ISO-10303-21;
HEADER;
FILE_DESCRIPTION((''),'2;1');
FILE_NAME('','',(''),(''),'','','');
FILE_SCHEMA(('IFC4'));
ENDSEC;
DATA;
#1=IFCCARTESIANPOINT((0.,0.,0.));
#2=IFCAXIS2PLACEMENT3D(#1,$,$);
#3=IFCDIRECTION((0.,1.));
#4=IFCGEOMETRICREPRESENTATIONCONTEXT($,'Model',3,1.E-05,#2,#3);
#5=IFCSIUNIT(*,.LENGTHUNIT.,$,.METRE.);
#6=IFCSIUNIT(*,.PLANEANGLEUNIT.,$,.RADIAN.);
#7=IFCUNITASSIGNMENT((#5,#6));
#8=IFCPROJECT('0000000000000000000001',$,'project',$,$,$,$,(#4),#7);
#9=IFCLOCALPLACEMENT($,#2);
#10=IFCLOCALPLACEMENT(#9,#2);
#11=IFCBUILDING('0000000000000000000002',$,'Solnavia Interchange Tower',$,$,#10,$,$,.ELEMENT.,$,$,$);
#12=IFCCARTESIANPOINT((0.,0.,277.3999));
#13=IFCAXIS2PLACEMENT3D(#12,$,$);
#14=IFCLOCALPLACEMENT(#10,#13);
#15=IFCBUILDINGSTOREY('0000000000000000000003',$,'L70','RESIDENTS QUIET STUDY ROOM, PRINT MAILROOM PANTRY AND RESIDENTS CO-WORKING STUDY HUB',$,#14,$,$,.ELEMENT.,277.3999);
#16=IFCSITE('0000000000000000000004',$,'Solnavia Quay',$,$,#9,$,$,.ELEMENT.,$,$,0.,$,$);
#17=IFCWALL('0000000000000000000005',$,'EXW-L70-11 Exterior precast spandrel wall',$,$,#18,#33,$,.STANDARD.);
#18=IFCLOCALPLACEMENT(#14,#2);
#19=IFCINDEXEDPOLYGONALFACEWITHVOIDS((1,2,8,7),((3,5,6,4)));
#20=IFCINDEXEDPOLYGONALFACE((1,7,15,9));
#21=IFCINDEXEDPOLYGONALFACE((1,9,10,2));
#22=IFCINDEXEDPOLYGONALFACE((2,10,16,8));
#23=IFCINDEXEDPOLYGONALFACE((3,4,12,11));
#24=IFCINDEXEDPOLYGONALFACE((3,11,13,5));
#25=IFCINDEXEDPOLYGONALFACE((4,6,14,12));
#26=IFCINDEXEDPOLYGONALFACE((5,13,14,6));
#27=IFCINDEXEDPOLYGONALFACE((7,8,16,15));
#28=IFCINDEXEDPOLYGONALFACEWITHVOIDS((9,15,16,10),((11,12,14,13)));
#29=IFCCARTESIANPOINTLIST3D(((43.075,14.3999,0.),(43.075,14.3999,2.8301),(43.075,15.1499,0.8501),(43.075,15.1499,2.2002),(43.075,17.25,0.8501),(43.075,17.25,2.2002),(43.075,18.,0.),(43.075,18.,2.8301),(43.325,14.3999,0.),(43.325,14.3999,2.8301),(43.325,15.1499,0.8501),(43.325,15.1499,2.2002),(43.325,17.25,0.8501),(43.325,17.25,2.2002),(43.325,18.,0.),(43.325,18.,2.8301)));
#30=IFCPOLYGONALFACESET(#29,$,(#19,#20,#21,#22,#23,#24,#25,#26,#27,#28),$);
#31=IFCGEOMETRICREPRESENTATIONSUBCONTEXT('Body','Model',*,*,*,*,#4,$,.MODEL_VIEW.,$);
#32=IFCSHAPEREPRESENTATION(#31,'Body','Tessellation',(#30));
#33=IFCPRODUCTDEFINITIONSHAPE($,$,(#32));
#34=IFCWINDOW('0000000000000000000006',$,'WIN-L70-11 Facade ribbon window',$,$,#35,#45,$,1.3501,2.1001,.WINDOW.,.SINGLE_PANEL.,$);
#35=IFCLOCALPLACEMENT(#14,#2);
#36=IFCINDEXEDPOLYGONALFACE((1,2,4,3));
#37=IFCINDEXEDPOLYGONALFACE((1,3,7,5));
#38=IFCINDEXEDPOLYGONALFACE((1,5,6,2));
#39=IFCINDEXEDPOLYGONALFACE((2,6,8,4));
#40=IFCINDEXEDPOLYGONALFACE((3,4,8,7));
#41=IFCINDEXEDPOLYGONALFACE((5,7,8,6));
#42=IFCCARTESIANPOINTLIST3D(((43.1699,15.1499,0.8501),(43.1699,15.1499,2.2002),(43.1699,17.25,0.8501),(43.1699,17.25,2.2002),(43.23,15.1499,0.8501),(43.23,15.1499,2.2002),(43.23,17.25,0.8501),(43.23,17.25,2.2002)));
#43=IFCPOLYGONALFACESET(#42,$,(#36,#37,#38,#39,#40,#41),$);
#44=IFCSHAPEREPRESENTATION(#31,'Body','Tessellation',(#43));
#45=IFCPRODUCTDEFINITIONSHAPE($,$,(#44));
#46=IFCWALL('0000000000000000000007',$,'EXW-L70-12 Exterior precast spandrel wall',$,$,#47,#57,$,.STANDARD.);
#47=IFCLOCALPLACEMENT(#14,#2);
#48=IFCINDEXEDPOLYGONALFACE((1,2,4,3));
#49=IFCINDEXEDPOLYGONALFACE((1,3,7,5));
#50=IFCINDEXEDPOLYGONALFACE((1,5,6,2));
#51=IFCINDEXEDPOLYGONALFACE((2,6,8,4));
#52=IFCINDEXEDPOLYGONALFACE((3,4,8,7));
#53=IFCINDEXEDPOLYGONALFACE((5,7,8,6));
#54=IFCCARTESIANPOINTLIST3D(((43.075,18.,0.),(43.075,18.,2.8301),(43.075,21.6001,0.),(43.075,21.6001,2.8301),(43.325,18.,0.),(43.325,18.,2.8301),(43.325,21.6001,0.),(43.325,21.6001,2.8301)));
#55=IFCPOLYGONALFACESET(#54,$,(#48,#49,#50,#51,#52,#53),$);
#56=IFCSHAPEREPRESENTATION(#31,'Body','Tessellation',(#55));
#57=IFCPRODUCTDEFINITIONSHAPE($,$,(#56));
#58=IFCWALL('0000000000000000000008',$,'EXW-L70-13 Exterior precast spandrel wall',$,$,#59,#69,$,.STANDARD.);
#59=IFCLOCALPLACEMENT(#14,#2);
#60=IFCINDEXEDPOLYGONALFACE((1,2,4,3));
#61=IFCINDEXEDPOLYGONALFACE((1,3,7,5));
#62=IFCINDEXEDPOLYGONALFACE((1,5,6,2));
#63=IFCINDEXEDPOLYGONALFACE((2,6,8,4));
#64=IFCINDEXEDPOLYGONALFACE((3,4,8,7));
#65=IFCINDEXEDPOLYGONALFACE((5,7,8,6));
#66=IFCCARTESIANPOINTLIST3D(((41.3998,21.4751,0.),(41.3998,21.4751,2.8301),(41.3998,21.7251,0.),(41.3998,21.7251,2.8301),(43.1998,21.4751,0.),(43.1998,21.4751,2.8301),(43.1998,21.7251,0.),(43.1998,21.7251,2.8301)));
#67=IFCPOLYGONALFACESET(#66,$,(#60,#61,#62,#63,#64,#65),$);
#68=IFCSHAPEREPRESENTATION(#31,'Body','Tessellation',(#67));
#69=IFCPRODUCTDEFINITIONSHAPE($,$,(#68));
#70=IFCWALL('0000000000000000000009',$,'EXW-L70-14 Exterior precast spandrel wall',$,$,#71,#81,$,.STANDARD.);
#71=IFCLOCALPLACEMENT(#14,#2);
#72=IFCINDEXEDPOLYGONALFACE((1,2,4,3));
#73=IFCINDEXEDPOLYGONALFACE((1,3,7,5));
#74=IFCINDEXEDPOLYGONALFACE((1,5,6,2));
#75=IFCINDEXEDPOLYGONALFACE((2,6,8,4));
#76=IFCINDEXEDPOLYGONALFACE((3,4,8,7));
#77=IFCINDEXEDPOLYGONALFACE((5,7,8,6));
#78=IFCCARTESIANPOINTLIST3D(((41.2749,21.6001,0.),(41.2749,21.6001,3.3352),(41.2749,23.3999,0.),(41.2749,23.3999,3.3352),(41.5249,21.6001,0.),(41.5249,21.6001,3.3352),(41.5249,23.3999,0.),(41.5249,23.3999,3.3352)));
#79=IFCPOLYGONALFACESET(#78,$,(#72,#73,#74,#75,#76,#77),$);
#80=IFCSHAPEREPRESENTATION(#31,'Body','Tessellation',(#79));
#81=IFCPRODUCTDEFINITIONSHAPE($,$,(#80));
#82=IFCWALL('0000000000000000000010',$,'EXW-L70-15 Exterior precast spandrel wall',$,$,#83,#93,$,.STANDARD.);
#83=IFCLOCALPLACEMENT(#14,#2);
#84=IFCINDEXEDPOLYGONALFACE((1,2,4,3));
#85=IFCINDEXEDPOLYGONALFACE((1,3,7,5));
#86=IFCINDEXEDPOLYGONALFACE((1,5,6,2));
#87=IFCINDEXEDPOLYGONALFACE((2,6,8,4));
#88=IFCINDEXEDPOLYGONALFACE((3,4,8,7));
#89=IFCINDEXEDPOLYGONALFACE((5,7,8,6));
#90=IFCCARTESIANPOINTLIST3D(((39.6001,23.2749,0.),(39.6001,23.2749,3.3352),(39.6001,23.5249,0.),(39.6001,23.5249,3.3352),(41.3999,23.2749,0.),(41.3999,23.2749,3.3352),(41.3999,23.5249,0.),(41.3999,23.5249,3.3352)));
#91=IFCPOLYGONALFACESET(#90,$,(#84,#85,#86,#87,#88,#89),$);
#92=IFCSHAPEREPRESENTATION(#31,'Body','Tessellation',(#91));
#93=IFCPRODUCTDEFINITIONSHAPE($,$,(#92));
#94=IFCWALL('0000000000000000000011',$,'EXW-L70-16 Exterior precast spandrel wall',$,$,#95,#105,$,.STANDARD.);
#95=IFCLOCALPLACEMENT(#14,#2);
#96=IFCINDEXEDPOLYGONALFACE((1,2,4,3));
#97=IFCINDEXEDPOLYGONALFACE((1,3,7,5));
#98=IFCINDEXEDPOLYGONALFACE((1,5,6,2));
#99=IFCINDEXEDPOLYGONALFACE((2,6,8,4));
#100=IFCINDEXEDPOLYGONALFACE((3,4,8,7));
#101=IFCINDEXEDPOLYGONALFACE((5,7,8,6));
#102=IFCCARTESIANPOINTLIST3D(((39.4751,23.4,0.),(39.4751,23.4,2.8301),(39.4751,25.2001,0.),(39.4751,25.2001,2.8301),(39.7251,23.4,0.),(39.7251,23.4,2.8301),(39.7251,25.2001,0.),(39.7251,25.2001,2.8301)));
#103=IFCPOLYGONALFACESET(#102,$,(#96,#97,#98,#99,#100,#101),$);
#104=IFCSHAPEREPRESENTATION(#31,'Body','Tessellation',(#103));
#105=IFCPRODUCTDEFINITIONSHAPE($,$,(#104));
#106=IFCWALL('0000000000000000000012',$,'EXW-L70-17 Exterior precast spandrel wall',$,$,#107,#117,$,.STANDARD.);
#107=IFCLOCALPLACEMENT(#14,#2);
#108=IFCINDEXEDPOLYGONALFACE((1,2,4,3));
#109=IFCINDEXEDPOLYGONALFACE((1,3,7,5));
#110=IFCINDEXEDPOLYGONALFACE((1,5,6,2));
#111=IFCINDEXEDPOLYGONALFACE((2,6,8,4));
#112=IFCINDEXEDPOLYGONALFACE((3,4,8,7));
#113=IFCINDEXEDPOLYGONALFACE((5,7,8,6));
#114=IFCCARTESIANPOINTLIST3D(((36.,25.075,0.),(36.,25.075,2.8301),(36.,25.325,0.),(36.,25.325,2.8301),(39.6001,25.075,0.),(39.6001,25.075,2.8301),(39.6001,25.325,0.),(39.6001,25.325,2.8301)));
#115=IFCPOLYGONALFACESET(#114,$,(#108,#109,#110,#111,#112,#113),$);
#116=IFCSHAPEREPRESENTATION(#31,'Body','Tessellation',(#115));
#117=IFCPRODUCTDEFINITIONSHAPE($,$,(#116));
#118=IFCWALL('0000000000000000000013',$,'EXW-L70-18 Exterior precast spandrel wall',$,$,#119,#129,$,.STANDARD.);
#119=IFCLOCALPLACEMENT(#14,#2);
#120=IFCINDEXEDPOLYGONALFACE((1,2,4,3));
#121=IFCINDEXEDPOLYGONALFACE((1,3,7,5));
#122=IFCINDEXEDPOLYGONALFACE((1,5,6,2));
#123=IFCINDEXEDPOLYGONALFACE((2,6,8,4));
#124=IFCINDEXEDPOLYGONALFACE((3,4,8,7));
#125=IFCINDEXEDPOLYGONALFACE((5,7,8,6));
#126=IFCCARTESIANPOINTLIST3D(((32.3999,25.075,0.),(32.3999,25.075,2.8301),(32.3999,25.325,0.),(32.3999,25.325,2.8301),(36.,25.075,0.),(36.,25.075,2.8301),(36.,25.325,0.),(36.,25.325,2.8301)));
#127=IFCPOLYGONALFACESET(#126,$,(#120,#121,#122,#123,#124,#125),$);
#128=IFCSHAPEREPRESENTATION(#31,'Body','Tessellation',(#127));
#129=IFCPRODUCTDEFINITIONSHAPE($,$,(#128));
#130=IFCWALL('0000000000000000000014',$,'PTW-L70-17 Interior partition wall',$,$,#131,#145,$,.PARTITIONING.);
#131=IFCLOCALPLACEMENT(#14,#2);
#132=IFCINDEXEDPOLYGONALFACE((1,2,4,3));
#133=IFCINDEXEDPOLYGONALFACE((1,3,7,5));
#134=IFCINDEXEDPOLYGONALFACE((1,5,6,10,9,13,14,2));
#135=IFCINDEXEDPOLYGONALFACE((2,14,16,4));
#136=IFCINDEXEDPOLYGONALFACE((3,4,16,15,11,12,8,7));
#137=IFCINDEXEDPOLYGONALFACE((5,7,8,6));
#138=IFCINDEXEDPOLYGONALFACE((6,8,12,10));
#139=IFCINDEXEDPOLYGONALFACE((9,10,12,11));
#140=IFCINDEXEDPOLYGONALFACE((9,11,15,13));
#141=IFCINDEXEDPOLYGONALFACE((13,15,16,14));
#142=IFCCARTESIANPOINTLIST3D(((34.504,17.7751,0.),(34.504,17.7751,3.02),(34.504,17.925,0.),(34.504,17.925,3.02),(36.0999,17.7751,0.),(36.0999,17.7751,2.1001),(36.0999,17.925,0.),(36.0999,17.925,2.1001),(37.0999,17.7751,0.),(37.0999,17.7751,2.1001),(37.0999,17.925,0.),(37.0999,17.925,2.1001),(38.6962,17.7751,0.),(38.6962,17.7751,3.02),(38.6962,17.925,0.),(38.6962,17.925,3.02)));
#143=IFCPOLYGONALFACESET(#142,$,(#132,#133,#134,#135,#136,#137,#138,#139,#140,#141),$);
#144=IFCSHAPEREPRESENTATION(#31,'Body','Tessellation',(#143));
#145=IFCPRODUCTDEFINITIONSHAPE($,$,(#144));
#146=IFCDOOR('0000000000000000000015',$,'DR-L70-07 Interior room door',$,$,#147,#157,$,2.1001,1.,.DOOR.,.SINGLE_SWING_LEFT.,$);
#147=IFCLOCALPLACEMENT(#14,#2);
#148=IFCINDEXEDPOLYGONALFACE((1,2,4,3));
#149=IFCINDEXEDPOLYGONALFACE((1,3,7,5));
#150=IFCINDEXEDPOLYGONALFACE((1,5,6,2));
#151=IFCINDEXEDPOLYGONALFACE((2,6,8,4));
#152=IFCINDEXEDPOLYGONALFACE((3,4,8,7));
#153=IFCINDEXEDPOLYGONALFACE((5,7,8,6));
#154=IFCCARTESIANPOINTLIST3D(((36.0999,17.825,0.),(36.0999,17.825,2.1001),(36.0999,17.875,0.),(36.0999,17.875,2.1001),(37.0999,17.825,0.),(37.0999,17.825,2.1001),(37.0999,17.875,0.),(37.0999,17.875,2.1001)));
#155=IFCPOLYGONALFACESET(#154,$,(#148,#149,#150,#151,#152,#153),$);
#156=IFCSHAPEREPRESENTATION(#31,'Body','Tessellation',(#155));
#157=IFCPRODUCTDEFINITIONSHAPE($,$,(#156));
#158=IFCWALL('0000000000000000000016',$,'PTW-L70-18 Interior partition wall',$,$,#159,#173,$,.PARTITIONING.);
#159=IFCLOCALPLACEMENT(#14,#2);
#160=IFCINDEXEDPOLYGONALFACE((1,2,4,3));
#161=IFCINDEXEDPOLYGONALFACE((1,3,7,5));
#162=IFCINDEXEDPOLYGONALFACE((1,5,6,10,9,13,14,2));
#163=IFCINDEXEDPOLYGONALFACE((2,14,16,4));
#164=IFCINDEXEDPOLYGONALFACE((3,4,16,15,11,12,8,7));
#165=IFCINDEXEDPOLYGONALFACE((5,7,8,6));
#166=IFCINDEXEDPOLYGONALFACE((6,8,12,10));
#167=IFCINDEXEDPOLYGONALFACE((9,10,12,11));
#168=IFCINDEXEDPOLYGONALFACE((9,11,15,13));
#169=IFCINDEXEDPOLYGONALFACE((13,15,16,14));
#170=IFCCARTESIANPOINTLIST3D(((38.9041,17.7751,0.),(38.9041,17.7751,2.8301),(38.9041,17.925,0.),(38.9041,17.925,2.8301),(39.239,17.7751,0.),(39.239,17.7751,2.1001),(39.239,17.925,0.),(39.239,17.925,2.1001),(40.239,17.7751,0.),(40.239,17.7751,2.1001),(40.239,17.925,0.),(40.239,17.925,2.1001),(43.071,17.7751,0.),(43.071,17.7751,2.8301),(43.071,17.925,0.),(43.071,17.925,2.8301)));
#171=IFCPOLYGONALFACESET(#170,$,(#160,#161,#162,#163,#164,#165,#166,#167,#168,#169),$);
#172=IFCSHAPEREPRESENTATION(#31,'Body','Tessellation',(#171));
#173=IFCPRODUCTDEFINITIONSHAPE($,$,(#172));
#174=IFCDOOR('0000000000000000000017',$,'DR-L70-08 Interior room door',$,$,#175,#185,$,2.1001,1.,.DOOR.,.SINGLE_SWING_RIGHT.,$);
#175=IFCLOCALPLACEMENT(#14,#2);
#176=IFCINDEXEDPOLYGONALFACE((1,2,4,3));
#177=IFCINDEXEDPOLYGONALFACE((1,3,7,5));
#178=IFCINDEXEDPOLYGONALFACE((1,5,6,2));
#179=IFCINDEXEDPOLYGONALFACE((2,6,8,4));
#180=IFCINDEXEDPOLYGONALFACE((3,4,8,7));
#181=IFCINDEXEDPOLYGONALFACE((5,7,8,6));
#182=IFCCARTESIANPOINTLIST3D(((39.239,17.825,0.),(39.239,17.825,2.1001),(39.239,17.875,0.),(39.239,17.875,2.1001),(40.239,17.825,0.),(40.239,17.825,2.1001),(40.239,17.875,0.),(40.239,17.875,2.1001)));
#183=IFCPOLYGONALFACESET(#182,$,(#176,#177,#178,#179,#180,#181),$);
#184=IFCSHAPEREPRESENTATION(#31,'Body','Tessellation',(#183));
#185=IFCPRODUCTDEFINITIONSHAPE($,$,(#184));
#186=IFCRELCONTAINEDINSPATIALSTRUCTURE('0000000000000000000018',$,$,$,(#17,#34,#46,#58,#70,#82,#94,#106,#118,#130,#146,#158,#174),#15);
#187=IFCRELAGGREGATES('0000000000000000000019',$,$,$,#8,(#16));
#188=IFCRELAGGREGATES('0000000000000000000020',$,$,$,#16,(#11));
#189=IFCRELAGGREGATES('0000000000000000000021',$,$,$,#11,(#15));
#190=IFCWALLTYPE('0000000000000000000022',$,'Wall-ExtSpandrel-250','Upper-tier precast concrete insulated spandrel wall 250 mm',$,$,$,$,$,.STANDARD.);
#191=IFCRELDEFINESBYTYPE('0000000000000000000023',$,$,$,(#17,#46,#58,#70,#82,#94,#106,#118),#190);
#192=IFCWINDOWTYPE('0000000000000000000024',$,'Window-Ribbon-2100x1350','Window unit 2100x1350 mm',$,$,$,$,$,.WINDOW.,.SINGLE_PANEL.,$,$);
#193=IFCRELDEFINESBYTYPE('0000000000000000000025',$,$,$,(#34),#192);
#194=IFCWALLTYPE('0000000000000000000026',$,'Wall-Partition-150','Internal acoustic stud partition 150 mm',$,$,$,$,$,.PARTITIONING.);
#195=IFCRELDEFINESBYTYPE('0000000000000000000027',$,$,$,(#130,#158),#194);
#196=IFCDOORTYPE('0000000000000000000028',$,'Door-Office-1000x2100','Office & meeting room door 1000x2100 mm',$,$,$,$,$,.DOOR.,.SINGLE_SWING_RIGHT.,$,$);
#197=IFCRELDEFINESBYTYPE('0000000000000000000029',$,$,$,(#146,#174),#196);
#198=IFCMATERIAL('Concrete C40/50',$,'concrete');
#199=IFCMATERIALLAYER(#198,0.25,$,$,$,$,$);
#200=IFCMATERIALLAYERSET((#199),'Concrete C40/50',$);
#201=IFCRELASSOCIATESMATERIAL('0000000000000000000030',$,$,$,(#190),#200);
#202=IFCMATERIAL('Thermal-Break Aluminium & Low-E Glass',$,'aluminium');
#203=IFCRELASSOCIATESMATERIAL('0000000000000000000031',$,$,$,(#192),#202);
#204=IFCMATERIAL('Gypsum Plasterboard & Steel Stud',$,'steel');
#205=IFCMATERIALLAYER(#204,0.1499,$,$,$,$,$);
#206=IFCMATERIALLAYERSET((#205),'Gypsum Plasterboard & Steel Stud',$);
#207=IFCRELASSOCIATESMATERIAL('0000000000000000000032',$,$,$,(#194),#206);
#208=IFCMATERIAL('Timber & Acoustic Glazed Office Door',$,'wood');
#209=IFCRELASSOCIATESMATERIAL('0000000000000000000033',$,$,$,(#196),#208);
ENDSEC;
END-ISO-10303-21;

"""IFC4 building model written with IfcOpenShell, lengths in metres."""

from ifc_helpers import new_model, si_unit, direction, frame, frame_2d, origin, place, context, subcontext, project, spatial, rectangle, extrude, material, layer, layer_set, type_object, element, fill, save


model = new_model("IFC4")

# Units and contexts
model_context = context("Model", 3, precision=1e-05, world=origin(), true_north=direction((0.0, 1.0)))
body_context = subcontext(model_context, "Body", "Model", "MODEL_VIEW")
ifc_project = project(units=[si_unit("LENGTHUNIT", "METRE"), si_unit("PLANEANGLEUNIT", "RADIAN")], contexts=[model_context])

# Site, building, storey
site_placement = place(None, origin())
site = spatial("IfcSite", under=ifc_project, at=site_placement, Name="Solnavia Quay", CompositionType="ELEMENT", RefElevation=0.0)
building_placement = place(site_placement, origin())
building = spatial("IfcBuilding", under=site, at=building_placement, Name="Solnavia Interchange Tower", CompositionType="ELEMENT")
storey_placement = place(building_placement, frame((0.0, 0.0, 277.3999)))
storey = spatial("IfcBuildingStorey", under=building, at=storey_placement, Name="L70", Description="RESIDENTS QUIET STUDY ROOM, PRINT MAILROOM PANTRY AND RESIDENTS CO-WORKING STUDY HUB", CompositionType="ELEMENT", Elevation=277.3999)

# Wall, opening, window
ifc_material_1 = material(Name="Concrete C40/50", Category="concrete")
ifc_layer_1 = layer(ifc_material_1, 0.25)
ifc_layer_set_1 = layer_set([ifc_layer_1], Name="Concrete C40/50")
wall_type_1 = type_object("IfcWallType", Name="Wall-ExtSpandrel-250", Description="Upper-tier precast concrete insulated spandrel wall 250 mm", PredefinedType="STANDARD", material=ifc_layer_set_1)
wall_1_placement = place(storey_placement, frame((43.2, 18.0, 0.0), z_axis=(0.0, 0.0, 1.0), x_axis=(0.0, -1.0, 0.0)))
wall_1 = element("IfcWall", 1, at=wall_1_placement, inside=storey, type_object=wall_type_1, Name="EXW-L70-11 Exterior precast spandrel wall", PredefinedType="STANDARD", context=body_context, shape_type="SweptSolid", body=[
    extrude(rectangle(XDim=3.6001, YDim=0.25, at=frame_2d((1.8, 0.0))), origin(), (0.0, 0.0, 1.0), 2.8301),
])
opening_1_placement = place(wall_1_placement, frame((0.75, 0.0, 0.8501)))
opening_1 = element("IfcOpeningElement", 2, at=opening_1_placement, cuts=wall_1, PredefinedType="OPENING", context=body_context, shape_type="SweptSolid", body=[
    extrude(rectangle(XDim=2.1001, YDim=1.3501, at=frame_2d((1.05, 0.675))), frame((0.0, 0.135, 0.0), z_axis=(0.0, -1.0, 0.0), x_axis=(1.0, 0.0, 0.0)), (0.0, 0.0, 1.0), 0.27),
])
ifc_material_2 = material(Name="Thermal-Break Aluminium & Low-E Glass", Category="aluminium")
window_type = type_object("IfcWindowType", Name="Window-Ribbon-2100x1350", Description="Window unit 2100x1350 mm", PartitioningType="SINGLE_PANEL", PredefinedType="WINDOW", material=ifc_material_2)
window_placement = place(opening_1_placement, origin())
window = element("IfcWindow", 3, at=window_placement, inside=storey, type_object=window_type, Name="WIN-L70-11 Facade ribbon window", OverallHeight=1.3501, OverallWidth=2.1001, PartitioningType="SINGLE_PANEL", PredefinedType="WINDOW", context=body_context, shape_type="SweptSolid", body=[
    extrude(rectangle(XDim=2.1001, YDim=1.3501, at=frame_2d((1.05, 0.675))), frame((0.0, 0.03, 0.0), z_axis=(0.0, -1.0, 0.0), x_axis=(1.0, 0.0, 0.0)), (0.0, 0.0, 1.0), 0.0601),
])
fill(opening_1, window)

# Walls
wall_2_placement = place(storey_placement, frame((43.2, 21.6001, 0.0), z_axis=(0.0, 0.0, 1.0), x_axis=(0.0, -1.0, 0.0)))
element("IfcWall", 4, at=wall_2_placement, inside=storey, type_object=wall_type_1, Name="EXW-L70-12 Exterior precast spandrel wall", PredefinedType="STANDARD", context=body_context, shape_type="SweptSolid", body=[
    extrude(rectangle(XDim=3.6001, YDim=0.25, at=frame_2d((1.8, 0.0))), origin(), (0.0, 0.0, 1.0), 2.8301),
])
wall_3_placement = place(storey_placement, frame((41.3999, 21.6001, 0.0), z_axis=(0.0, 0.0, 1.0), x_axis=(1.0, 0.0, 0.0)))
element("IfcWall", 5, at=wall_3_placement, inside=storey, type_object=wall_type_1, Name="EXW-L70-13 Exterior precast spandrel wall", PredefinedType="STANDARD", context=body_context, shape_type="SweptSolid", body=[
    extrude(rectangle(XDim=1.8, YDim=0.25, at=frame_2d((0.8999, 0.0))), origin(), (0.0, 0.0, 1.0), 2.8301),
])
for number, where, z_axis, x_axis, name in (
    (6, (41.3999, 23.3999, 0.0), (0.0, 0.0, 1.0), (0.0, -1.0, 0.0), "EXW-L70-14 Exterior precast spandrel wall"),
    (7, (39.6001, 23.3999, 0.0), (0.0, 0.0, 1.0), (1.0, 0.0, 0.0), "EXW-L70-15 Exterior precast spandrel wall"),
):
    element("IfcWall", number, at=place(storey_placement, frame(where, z_axis=z_axis, x_axis=x_axis)), inside=storey, type_object=wall_type_1, Name=name, PredefinedType="STANDARD", context=body_context, shape_type="SweptSolid", body=[
        extrude(rectangle(XDim=1.7998, YDim=0.25, at=frame_2d((0.8999, 0.0))), origin(), (0.0, 0.0, 1.0), 3.3352),
    ])
wall_4_placement = place(storey_placement, frame((39.6001, 25.2, 0.0), z_axis=(0.0, 0.0, 1.0), x_axis=(0.0, -1.0, 0.0)))
element("IfcWall", 8, at=wall_4_placement, inside=storey, type_object=wall_type_1, Name="EXW-L70-16 Exterior precast spandrel wall", PredefinedType="STANDARD", context=body_context, shape_type="SweptSolid", body=[
    extrude(rectangle(XDim=1.8, YDim=0.25, at=frame_2d((0.8999, 0.0))), origin(), (0.0, 0.0, 1.0), 2.8301),
])
for number, where, z_axis, x_axis, name in (
    (9, (36.0, 25.2, 0.0), (0.0, 0.0, 1.0), (1.0, 0.0, 0.0), "EXW-L70-17 Exterior precast spandrel wall"),
    (10, (32.3999, 25.2, 0.0), (0.0, 0.0, 1.0), (1.0, 0.0, 0.0), "EXW-L70-18 Exterior precast spandrel wall"),
):
    element("IfcWall", number, at=place(storey_placement, frame(where, z_axis=z_axis, x_axis=x_axis)), inside=storey, type_object=wall_type_1, Name=name, PredefinedType="STANDARD", context=body_context, shape_type="SweptSolid", body=[
        extrude(rectangle(XDim=3.6001, YDim=0.25, at=frame_2d((1.8, 0.0))), origin(), (0.0, 0.0, 1.0), 2.8301),
    ])

# Walls, openings, doors
ifc_material_3 = material(Name="Gypsum Plasterboard & Steel Stud", Category="steel")
ifc_layer_2 = layer(ifc_material_3, 0.1499)
ifc_layer_set_2 = layer_set([ifc_layer_2], Name="Gypsum Plasterboard & Steel Stud")
wall_type_2 = type_object("IfcWallType", Name="Wall-Partition-150", Description="Internal acoustic stud partition 150 mm", PredefinedType="PARTITIONING", material=ifc_layer_set_2)
wall_5_placement = place(storey_placement, frame((34.5039, 17.8501, 0.0), z_axis=(0.0, 0.0, 1.0), x_axis=(1.0, 0.0, 0.0)))
wall_5 = element("IfcWall", 11, at=wall_5_placement, inside=storey, type_object=wall_type_2, Name="PTW-L70-17 Interior partition wall", PredefinedType="PARTITIONING", context=body_context, shape_type="SweptSolid", body=[
    extrude(rectangle(XDim=4.1921, YDim=0.1499, at=frame_2d((2.0962, 0.0))), origin(), (0.0, 0.0, 1.0), 3.02),
])
opening_2_placement = place(wall_5_placement, frame((1.5959, 0.0, 0.0)))
opening_2 = element("IfcOpeningElement", 12, at=opening_2_placement, cuts=wall_5, PredefinedType="OPENING", context=body_context, shape_type="SweptSolid", body=[
    extrude(rectangle(XDim=1.0, YDim=2.1001, at=frame_2d((0.5, 1.05))), frame((0.0, 0.085, 0.0), z_axis=(0.0, -1.0, 0.0), x_axis=(1.0, 0.0, 0.0)), (0.0, 0.0, 1.0), 0.1699),
])
ifc_material_4 = material(Name="Timber & Acoustic Glazed Office Door", Category="wood")
door_type_1 = type_object("IfcDoorType", Name="Door-Office-1000x2100", Description="Office & meeting room door 1000x2100 mm", OperationType="SINGLE_SWING_RIGHT", PredefinedType="DOOR", material=ifc_material_4)
door_1_placement = place(opening_2_placement, origin())
door_1 = element("IfcDoor", 13, at=door_1_placement, inside=storey, type_object=door_type_1, Name="DR-L70-07 Interior room door", OperationType="SINGLE_SWING_LEFT", OverallHeight=2.1001, OverallWidth=1.0, PredefinedType="DOOR", context=body_context, shape_type="SweptSolid", body=[
    extrude(rectangle(XDim=1.0, YDim=2.1001, at=frame_2d((0.5, 1.05))), frame((0.0, 0.0249, 0.0), z_axis=(0.0, -1.0, 0.0), x_axis=(1.0, 0.0, 0.0)), (0.0, 0.0, 1.0), 0.05),
])
fill(opening_2, door_1)
wall_6_placement = place(storey_placement, frame((38.9041, 17.8501, 0.0), z_axis=(0.0, 0.0, 1.0), x_axis=(1.0, 0.0, 0.0)))
wall_6 = element("IfcWall", 14, at=wall_6_placement, inside=storey, type_object=wall_type_2, Name="PTW-L70-18 Interior partition wall", PredefinedType="PARTITIONING", context=body_context, shape_type="SweptSolid", body=[
    extrude(rectangle(XDim=4.167, YDim=0.1499, at=frame_2d((2.0835, 0.0))), origin(), (0.0, 0.0, 1.0), 2.8301),
])
opening_3_placement = place(wall_6_placement, frame((0.335, 0.0, 0.0)))
opening_3 = element("IfcOpeningElement", 15, at=opening_3_placement, cuts=wall_6, PredefinedType="OPENING", context=body_context, shape_type="SweptSolid", body=[
    extrude(rectangle(XDim=1.0, YDim=2.1001, at=frame_2d((0.5, 1.05))), frame((0.0, 0.085, 0.0), z_axis=(0.0, -1.0, 0.0), x_axis=(1.0, 0.0, 0.0)), (0.0, 0.0, 1.0), 0.1699),
])
door_2_placement = place(opening_3_placement, origin())
door_2 = element("IfcDoor", 16, at=door_2_placement, inside=storey, type_object=door_type_1, Name="DR-L70-08 Interior room door", OperationType="SINGLE_SWING_RIGHT", OverallHeight=2.1001, OverallWidth=1.0, PredefinedType="DOOR", context=body_context, shape_type="SweptSolid", body=[
    extrude(rectangle(XDim=1.0, YDim=2.1001, at=frame_2d((0.5, 1.05))), frame((0.0, 0.0249, 0.0), z_axis=(0.0, -1.0, 0.0), x_axis=(1.0, 0.0, 0.0)), (0.0, 0.0, 1.0), 0.05),
])
fill(opening_3, door_2)

save(model, "model.ifc")
